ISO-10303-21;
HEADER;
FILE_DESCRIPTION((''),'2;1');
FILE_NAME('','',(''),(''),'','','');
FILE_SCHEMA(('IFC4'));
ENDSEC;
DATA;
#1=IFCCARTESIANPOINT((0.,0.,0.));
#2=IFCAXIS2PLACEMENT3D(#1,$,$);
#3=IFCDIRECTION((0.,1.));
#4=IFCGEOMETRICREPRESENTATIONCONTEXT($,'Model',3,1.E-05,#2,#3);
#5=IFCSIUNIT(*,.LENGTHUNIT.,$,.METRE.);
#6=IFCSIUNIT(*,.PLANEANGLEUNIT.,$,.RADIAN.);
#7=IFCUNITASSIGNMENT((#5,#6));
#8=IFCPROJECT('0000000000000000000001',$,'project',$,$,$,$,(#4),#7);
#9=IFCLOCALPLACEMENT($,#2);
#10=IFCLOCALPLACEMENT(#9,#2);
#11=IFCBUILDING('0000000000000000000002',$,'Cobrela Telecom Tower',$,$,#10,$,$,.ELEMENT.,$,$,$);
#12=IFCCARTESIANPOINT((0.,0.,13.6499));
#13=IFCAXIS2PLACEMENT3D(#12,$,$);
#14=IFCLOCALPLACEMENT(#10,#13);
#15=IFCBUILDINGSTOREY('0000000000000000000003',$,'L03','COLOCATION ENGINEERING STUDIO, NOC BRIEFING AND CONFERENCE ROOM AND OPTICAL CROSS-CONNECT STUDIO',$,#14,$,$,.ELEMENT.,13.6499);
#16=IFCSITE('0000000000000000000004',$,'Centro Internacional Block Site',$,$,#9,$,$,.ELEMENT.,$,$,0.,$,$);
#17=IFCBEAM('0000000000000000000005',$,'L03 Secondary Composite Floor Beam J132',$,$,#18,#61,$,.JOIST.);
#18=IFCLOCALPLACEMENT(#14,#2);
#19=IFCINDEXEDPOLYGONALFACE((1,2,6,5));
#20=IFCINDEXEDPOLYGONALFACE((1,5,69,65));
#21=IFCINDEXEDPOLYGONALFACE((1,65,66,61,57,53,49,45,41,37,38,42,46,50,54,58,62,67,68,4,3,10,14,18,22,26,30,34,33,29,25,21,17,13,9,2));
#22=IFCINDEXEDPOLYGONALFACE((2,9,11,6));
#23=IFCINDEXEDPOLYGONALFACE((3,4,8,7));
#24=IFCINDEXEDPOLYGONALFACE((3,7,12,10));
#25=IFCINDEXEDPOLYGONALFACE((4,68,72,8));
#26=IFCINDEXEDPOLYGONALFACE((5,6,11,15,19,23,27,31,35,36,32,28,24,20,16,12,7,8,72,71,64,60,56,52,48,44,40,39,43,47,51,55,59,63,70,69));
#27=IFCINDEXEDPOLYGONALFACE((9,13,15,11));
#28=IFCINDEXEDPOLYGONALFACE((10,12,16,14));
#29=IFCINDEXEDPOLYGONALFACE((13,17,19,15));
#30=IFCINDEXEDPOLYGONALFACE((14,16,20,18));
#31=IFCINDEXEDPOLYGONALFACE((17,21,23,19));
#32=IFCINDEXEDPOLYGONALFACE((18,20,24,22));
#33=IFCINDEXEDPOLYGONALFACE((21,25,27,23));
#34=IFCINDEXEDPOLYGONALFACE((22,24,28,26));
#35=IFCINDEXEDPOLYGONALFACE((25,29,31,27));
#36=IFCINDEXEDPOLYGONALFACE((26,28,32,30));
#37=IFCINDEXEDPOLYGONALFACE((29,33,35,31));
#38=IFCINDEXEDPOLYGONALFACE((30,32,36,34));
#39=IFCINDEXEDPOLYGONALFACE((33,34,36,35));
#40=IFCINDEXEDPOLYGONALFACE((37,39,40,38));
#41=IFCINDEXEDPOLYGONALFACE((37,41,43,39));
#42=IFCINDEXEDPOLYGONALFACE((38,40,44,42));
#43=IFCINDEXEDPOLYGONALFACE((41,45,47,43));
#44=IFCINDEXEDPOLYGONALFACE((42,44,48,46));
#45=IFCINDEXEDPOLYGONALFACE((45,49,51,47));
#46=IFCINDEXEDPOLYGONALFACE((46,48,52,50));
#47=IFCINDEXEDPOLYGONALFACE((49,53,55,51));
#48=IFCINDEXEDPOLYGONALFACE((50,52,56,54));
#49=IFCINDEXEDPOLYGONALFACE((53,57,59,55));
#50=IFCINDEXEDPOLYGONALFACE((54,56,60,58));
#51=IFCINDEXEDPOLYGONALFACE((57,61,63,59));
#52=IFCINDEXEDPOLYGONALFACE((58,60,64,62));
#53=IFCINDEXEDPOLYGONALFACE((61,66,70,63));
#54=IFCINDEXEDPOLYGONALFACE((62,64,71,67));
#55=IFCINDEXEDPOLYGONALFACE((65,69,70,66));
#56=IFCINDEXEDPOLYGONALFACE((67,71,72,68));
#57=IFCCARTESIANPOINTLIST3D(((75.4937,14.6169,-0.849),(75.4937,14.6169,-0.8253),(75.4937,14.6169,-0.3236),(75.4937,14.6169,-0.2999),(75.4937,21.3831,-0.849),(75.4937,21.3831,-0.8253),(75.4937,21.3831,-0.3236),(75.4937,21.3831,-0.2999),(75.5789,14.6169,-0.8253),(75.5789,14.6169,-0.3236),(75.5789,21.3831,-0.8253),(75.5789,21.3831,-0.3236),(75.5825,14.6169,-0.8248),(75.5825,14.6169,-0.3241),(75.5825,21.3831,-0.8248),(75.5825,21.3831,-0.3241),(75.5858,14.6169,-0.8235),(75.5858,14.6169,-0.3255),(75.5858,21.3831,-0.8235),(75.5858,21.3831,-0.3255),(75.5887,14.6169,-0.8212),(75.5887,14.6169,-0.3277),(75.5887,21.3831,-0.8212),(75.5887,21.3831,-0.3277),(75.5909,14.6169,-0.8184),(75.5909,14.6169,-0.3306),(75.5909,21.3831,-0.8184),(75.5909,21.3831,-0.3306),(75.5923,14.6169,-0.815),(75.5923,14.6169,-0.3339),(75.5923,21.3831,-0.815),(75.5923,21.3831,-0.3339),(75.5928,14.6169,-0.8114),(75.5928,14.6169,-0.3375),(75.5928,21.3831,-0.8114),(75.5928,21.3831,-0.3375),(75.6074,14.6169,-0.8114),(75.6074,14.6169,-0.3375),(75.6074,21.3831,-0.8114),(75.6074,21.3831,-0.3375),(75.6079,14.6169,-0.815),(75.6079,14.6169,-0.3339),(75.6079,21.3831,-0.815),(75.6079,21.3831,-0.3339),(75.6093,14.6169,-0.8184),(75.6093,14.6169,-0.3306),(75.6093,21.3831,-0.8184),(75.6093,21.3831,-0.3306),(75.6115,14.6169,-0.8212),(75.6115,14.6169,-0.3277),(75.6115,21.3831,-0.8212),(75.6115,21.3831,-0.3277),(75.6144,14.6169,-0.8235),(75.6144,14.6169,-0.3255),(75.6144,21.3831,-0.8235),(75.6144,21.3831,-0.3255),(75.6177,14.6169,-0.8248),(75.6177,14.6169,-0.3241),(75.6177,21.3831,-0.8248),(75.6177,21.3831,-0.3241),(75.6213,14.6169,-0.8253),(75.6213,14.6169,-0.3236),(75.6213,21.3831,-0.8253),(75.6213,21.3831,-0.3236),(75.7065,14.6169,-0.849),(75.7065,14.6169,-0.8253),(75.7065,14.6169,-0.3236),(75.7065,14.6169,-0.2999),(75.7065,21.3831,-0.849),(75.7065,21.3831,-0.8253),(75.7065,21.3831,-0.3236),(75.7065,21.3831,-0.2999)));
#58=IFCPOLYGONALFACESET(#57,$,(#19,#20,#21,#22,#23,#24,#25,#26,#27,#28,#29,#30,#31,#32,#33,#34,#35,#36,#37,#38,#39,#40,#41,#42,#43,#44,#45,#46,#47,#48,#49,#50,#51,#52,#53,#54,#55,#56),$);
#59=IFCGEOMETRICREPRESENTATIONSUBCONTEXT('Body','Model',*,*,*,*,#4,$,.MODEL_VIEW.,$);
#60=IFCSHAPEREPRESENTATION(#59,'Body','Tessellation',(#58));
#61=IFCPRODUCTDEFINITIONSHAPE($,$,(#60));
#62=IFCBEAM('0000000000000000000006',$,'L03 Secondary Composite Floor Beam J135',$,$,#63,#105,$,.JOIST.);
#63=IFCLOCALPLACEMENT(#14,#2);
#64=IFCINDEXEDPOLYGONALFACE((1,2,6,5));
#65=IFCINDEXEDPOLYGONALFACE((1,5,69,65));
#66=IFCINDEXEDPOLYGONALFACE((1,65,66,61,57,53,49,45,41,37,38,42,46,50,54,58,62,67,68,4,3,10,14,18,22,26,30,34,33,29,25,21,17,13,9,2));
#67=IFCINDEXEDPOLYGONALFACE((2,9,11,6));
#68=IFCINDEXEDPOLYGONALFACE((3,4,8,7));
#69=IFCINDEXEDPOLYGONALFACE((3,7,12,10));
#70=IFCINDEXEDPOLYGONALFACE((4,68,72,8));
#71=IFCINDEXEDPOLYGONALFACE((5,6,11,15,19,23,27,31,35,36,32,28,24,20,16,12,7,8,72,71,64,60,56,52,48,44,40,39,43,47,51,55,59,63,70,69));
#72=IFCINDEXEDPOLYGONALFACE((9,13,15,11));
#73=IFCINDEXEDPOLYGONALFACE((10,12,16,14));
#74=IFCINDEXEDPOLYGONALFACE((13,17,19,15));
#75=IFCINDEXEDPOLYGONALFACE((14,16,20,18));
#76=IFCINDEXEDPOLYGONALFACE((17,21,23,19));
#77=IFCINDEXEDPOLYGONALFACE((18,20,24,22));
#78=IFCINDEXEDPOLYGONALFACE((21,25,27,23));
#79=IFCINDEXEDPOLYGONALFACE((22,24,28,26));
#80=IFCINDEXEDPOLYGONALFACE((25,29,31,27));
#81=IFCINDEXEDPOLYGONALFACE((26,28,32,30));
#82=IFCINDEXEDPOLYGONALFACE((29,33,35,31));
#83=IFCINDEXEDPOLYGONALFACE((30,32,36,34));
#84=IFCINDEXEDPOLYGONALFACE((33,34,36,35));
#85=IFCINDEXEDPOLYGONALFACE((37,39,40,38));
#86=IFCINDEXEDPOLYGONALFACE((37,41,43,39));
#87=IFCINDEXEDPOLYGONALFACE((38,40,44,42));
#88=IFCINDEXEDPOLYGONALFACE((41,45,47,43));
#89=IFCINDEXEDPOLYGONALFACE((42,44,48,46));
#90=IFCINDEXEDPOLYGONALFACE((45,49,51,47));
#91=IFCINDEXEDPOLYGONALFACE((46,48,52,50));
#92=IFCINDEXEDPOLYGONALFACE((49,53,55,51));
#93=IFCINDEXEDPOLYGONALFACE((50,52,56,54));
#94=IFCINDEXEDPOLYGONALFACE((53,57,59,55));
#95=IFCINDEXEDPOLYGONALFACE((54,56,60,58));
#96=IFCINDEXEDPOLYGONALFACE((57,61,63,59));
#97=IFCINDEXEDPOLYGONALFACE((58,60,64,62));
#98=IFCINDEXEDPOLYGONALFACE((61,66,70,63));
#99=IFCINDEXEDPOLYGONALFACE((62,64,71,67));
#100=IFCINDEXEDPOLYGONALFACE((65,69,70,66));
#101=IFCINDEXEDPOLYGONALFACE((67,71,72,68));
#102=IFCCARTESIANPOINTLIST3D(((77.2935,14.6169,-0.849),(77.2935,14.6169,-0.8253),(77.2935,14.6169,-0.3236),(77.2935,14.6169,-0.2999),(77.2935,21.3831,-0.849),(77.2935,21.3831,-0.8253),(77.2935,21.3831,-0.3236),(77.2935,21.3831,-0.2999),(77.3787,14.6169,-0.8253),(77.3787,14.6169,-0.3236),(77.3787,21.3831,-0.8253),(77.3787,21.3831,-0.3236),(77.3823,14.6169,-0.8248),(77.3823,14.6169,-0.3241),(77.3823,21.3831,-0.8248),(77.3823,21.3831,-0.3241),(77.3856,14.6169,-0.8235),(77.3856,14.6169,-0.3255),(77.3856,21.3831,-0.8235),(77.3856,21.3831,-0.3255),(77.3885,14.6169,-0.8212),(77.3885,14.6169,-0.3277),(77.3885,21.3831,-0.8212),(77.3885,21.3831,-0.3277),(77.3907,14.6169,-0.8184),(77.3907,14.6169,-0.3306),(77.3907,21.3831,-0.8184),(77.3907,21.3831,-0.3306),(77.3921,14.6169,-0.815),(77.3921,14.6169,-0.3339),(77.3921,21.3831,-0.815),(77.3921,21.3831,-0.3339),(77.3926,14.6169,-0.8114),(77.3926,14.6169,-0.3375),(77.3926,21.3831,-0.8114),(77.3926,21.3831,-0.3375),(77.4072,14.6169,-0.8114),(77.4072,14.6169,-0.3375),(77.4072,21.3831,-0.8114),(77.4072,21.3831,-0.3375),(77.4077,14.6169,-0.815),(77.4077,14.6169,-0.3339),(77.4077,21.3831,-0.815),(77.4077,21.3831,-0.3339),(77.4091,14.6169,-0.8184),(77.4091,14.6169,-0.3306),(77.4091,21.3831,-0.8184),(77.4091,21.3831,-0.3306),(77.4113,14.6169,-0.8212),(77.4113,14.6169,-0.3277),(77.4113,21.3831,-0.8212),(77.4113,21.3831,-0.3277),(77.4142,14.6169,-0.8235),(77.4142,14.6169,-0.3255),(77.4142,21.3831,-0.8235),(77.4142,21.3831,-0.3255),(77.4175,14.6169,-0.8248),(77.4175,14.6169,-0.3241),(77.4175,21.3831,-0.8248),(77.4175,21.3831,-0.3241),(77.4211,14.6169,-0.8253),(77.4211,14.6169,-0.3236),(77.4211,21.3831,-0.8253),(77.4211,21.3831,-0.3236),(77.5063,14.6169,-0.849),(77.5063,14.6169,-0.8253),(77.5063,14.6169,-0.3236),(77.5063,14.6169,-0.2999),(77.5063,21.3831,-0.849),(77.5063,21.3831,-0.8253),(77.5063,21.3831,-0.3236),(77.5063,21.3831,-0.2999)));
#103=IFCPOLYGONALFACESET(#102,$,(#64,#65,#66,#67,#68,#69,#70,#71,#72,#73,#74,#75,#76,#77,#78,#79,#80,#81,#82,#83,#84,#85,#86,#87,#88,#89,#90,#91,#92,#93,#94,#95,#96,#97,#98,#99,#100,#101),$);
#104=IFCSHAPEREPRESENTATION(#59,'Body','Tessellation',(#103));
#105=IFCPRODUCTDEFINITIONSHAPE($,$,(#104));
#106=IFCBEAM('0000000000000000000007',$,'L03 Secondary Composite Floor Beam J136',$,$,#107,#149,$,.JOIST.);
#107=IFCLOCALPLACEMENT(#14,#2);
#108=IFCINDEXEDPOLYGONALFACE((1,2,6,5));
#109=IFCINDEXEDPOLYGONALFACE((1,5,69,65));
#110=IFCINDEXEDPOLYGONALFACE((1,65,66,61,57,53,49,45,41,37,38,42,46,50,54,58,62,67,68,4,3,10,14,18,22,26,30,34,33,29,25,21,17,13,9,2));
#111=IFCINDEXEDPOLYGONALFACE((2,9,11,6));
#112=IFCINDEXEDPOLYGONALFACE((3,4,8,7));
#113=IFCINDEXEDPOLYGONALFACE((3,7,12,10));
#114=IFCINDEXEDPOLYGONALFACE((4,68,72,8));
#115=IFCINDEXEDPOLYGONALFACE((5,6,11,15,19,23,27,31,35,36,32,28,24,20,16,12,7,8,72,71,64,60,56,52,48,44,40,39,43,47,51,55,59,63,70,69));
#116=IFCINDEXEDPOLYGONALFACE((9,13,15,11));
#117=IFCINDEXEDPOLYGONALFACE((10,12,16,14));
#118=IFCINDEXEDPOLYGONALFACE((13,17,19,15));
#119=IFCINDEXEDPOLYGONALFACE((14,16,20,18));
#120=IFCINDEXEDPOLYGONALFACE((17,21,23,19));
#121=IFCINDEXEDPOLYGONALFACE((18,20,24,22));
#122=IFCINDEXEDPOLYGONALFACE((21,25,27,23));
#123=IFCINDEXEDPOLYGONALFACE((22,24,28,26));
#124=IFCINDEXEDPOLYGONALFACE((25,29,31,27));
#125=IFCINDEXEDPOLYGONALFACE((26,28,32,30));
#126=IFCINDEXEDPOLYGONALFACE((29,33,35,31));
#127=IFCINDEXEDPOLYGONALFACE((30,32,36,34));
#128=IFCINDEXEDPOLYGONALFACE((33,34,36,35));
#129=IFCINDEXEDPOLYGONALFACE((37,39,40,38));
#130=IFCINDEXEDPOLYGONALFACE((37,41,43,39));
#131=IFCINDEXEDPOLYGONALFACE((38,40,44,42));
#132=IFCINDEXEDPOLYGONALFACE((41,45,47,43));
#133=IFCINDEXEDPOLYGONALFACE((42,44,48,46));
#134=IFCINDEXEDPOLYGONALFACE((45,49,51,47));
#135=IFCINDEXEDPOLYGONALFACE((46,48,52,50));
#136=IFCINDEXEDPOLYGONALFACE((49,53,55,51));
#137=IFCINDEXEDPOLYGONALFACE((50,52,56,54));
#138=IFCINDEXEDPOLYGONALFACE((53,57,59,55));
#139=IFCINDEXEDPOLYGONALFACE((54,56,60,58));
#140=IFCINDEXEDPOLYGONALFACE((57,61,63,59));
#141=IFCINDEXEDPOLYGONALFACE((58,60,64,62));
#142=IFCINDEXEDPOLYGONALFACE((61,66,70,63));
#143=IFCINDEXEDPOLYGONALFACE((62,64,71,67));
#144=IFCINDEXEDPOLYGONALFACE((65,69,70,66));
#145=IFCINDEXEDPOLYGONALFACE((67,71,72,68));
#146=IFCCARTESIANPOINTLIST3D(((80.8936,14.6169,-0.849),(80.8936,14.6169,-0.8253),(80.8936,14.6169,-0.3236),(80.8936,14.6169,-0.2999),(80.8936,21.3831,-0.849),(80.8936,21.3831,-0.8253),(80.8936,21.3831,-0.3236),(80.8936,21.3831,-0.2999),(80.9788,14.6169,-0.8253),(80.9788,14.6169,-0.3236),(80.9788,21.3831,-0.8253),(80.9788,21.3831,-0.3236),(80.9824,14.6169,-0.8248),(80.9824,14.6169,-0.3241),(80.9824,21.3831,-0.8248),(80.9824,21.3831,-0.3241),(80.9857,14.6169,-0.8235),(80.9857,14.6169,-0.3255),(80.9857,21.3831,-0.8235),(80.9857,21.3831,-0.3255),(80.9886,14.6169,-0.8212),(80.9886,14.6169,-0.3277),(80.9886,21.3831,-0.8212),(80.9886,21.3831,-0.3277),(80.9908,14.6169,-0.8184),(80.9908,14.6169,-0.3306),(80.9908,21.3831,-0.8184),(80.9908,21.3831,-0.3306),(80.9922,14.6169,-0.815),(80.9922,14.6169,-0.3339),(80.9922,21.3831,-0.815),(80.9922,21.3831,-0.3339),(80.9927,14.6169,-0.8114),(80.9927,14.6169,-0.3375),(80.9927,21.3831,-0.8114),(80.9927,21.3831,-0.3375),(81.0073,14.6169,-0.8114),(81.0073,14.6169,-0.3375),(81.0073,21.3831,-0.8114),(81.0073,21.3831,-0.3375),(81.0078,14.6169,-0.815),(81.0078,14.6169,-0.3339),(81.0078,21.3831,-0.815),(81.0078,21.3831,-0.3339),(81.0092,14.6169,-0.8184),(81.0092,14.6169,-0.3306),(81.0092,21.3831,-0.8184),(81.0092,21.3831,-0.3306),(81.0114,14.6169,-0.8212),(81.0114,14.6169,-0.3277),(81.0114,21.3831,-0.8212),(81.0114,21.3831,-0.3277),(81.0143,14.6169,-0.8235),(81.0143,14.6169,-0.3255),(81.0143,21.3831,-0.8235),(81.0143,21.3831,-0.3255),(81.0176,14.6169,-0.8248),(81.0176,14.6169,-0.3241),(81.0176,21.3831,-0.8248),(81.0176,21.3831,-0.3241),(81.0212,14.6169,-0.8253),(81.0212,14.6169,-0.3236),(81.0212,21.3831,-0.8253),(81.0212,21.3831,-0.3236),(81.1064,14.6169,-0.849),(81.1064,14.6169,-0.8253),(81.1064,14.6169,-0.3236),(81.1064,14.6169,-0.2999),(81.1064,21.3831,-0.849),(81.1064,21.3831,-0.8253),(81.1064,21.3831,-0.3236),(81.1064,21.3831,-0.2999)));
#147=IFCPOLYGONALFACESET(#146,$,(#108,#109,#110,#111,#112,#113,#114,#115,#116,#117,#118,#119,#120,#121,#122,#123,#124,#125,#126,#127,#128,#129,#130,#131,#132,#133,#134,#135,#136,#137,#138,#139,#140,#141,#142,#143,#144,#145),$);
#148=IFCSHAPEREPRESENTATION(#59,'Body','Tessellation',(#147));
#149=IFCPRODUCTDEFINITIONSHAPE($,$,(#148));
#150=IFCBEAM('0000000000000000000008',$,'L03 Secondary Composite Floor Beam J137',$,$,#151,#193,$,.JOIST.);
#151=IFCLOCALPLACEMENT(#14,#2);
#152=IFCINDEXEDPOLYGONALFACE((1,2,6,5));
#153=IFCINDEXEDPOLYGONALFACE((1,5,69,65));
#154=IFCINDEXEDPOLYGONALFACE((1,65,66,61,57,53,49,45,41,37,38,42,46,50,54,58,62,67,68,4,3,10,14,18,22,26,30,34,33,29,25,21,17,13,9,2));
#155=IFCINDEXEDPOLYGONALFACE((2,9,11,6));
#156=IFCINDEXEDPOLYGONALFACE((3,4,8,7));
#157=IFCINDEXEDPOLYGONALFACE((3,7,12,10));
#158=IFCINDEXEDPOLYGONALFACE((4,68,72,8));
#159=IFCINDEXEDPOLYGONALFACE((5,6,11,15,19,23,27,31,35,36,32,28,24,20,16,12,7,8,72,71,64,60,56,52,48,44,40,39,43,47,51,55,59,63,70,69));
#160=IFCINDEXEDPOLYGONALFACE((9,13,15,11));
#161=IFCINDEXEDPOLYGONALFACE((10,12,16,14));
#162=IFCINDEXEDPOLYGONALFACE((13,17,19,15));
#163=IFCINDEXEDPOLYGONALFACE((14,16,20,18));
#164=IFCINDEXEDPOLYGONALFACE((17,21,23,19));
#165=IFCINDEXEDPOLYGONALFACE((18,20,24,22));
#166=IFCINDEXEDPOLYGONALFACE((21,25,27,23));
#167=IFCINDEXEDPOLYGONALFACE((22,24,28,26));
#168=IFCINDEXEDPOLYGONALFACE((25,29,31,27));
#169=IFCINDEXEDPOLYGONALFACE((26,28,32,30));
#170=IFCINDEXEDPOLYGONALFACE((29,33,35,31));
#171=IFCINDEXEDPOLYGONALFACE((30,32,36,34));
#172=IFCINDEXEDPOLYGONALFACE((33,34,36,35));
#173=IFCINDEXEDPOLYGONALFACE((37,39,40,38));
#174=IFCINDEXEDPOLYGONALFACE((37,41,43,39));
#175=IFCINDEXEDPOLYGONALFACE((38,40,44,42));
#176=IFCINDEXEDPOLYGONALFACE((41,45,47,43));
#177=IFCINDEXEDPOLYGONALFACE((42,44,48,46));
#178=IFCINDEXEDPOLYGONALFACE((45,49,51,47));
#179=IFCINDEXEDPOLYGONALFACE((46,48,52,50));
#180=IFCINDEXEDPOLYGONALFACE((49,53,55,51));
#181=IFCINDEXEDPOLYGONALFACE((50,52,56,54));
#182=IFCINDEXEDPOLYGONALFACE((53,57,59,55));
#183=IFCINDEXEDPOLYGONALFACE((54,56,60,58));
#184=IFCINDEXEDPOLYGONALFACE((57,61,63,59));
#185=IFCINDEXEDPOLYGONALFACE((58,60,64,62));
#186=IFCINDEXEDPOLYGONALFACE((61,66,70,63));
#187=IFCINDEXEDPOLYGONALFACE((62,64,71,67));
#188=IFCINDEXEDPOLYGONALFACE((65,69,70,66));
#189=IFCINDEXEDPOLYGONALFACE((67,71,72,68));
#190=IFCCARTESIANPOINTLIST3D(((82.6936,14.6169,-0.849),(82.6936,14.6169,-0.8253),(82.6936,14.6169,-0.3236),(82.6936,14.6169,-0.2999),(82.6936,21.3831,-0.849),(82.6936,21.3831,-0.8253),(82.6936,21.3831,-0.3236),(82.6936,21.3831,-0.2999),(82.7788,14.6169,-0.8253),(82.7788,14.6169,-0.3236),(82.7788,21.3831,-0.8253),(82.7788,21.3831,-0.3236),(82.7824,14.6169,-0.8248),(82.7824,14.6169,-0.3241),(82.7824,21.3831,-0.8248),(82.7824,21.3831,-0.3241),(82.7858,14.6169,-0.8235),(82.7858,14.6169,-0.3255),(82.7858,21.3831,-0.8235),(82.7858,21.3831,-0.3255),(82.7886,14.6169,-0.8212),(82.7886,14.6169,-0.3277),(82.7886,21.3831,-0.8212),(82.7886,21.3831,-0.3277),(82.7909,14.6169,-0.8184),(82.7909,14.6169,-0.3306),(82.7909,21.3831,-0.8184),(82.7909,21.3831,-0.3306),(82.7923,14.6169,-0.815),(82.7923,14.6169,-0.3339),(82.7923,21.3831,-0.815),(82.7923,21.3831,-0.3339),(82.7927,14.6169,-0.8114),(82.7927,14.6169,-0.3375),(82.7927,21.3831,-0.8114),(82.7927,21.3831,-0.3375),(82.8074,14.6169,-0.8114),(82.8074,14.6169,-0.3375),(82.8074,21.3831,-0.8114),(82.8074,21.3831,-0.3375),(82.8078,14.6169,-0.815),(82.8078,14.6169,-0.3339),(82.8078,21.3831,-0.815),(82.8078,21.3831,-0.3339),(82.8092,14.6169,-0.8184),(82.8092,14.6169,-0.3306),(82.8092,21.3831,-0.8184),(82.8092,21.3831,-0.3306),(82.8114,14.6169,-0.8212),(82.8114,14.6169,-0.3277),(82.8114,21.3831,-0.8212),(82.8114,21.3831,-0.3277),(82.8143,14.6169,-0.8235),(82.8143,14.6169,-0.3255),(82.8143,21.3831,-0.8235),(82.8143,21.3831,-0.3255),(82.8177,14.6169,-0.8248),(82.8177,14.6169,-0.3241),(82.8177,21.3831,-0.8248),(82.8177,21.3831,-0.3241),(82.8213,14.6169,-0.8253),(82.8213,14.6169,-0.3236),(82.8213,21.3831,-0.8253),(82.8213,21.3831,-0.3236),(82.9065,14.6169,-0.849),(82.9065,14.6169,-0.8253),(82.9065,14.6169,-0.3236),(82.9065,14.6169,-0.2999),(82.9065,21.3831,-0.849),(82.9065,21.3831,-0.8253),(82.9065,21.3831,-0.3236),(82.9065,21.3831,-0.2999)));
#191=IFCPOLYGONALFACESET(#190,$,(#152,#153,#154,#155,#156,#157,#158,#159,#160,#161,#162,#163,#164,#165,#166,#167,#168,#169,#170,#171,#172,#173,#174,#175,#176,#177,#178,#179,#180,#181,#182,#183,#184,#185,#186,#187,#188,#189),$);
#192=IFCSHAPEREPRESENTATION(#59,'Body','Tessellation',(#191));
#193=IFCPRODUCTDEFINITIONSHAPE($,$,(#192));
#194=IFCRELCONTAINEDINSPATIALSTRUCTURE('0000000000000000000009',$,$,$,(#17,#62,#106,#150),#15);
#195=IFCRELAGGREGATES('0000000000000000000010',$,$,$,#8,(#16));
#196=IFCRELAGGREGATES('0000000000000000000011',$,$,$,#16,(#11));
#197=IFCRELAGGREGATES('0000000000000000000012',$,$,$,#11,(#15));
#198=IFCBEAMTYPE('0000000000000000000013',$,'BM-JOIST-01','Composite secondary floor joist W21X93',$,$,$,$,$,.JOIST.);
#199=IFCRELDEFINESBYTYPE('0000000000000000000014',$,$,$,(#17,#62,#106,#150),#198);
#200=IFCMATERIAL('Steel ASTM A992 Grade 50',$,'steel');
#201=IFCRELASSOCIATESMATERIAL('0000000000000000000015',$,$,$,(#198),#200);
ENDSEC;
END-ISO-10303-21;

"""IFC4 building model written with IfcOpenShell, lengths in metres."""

from ifc_helpers import new_model, si_unit, direction, frame, origin, origin_2d, place, context, subcontext, project, spatial, i_section, extrude, material, material_profile, profile_set, type_object, element, save


model = new_model("IFC4")

# Units and contexts
model_context = context("Model", 3, precision=1e-05, world=origin(), true_north=direction((0.0, 1.0)))
body_context = subcontext(model_context, "Body", "Model", "MODEL_VIEW")
ifc_project = project(units=[si_unit("LENGTHUNIT", "METRE"), si_unit("PLANEANGLEUNIT", "RADIAN")], contexts=[model_context])

# Site, building, storey
site_placement = place(None, origin())
site = spatial("IfcSite", under=ifc_project, at=site_placement, Name="Centro Internacional Block Site", CompositionType="ELEMENT", RefElevation=0.0)
building_placement = place(site_placement, origin())
building = spatial("IfcBuilding", under=site, at=building_placement, Name="Cobrela Telecom Tower", CompositionType="ELEMENT")
storey_placement = place(building_placement, frame((0.0, 0.0, 13.6499)))
storey = spatial("IfcBuildingStorey", under=building, at=storey_placement, Name="L03", Description="COLOCATION ENGINEERING STUDIO, NOC BRIEFING AND CONFERENCE ROOM AND OPTICAL CROSS-CONNECT STUDIO", CompositionType="ELEMENT", Elevation=13.6499)

# Beams
ifc_material_1 = material(Name="Steel ASTM A992 Grade 50", Category="steel")
ifc_material_profile_1 = material_profile(ifc_material_1, i_section(OverallWidth=0.2129, OverallDepth=0.5491, WebThickness=0.0146, FlangeThickness=0.0237, FilletRadius=0.0139, at=origin_2d()), Name="W21X93")
ifc_profile_set_1 = profile_set([ifc_material_profile_1], Name="Steel ASTM A992 Grade 50")
beam_type_1 = type_object("IfcBeamType", Name="BM-JOIST-01", Description="Composite secondary floor joist W21X93", PredefinedType="JOIST", material=ifc_profile_set_1)
for number, where, z_axis, x_axis, name in (
    (1, (75.6001, 14.6169, -0.5745), (0.0, 1.0, 0.0), (-1.0, 0.0, 0.0), "L03 Secondary Composite Floor Beam J132"),
    (2, (77.3999, 14.6169, -0.5745), (0.0, 1.0, 0.0), (-1.0, 0.0, 0.0), "L03 Secondary Composite Floor Beam J135"),
    (3, (81.0, 14.6169, -0.5745), (0.0, 1.0, 0.0), (-1.0, 0.0, 0.0), "L03 Secondary Composite Floor Beam J136"),
    (4, (82.8, 14.6169, -0.5745), (0.0, 1.0, 0.0), (-1.0, 0.0, 0.0), "L03 Secondary Composite Floor Beam J137"),
):
    element("IfcBeam", number, at=place(storey_placement, frame(where, z_axis=z_axis, x_axis=x_axis)), inside=storey, type_object=beam_type_1, Name=name, PredefinedType="JOIST", context=body_context, shape_type="SweptSolid", body=[
        extrude(i_section(OverallWidth=0.2129, OverallDepth=0.5491, WebThickness=0.0146, FlangeThickness=0.0237, FilletRadius=0.0139, at=origin_2d()), origin(), (0.0, 0.0, 1.0), 6.7661),
    ])

save(model, "model.ifc")
